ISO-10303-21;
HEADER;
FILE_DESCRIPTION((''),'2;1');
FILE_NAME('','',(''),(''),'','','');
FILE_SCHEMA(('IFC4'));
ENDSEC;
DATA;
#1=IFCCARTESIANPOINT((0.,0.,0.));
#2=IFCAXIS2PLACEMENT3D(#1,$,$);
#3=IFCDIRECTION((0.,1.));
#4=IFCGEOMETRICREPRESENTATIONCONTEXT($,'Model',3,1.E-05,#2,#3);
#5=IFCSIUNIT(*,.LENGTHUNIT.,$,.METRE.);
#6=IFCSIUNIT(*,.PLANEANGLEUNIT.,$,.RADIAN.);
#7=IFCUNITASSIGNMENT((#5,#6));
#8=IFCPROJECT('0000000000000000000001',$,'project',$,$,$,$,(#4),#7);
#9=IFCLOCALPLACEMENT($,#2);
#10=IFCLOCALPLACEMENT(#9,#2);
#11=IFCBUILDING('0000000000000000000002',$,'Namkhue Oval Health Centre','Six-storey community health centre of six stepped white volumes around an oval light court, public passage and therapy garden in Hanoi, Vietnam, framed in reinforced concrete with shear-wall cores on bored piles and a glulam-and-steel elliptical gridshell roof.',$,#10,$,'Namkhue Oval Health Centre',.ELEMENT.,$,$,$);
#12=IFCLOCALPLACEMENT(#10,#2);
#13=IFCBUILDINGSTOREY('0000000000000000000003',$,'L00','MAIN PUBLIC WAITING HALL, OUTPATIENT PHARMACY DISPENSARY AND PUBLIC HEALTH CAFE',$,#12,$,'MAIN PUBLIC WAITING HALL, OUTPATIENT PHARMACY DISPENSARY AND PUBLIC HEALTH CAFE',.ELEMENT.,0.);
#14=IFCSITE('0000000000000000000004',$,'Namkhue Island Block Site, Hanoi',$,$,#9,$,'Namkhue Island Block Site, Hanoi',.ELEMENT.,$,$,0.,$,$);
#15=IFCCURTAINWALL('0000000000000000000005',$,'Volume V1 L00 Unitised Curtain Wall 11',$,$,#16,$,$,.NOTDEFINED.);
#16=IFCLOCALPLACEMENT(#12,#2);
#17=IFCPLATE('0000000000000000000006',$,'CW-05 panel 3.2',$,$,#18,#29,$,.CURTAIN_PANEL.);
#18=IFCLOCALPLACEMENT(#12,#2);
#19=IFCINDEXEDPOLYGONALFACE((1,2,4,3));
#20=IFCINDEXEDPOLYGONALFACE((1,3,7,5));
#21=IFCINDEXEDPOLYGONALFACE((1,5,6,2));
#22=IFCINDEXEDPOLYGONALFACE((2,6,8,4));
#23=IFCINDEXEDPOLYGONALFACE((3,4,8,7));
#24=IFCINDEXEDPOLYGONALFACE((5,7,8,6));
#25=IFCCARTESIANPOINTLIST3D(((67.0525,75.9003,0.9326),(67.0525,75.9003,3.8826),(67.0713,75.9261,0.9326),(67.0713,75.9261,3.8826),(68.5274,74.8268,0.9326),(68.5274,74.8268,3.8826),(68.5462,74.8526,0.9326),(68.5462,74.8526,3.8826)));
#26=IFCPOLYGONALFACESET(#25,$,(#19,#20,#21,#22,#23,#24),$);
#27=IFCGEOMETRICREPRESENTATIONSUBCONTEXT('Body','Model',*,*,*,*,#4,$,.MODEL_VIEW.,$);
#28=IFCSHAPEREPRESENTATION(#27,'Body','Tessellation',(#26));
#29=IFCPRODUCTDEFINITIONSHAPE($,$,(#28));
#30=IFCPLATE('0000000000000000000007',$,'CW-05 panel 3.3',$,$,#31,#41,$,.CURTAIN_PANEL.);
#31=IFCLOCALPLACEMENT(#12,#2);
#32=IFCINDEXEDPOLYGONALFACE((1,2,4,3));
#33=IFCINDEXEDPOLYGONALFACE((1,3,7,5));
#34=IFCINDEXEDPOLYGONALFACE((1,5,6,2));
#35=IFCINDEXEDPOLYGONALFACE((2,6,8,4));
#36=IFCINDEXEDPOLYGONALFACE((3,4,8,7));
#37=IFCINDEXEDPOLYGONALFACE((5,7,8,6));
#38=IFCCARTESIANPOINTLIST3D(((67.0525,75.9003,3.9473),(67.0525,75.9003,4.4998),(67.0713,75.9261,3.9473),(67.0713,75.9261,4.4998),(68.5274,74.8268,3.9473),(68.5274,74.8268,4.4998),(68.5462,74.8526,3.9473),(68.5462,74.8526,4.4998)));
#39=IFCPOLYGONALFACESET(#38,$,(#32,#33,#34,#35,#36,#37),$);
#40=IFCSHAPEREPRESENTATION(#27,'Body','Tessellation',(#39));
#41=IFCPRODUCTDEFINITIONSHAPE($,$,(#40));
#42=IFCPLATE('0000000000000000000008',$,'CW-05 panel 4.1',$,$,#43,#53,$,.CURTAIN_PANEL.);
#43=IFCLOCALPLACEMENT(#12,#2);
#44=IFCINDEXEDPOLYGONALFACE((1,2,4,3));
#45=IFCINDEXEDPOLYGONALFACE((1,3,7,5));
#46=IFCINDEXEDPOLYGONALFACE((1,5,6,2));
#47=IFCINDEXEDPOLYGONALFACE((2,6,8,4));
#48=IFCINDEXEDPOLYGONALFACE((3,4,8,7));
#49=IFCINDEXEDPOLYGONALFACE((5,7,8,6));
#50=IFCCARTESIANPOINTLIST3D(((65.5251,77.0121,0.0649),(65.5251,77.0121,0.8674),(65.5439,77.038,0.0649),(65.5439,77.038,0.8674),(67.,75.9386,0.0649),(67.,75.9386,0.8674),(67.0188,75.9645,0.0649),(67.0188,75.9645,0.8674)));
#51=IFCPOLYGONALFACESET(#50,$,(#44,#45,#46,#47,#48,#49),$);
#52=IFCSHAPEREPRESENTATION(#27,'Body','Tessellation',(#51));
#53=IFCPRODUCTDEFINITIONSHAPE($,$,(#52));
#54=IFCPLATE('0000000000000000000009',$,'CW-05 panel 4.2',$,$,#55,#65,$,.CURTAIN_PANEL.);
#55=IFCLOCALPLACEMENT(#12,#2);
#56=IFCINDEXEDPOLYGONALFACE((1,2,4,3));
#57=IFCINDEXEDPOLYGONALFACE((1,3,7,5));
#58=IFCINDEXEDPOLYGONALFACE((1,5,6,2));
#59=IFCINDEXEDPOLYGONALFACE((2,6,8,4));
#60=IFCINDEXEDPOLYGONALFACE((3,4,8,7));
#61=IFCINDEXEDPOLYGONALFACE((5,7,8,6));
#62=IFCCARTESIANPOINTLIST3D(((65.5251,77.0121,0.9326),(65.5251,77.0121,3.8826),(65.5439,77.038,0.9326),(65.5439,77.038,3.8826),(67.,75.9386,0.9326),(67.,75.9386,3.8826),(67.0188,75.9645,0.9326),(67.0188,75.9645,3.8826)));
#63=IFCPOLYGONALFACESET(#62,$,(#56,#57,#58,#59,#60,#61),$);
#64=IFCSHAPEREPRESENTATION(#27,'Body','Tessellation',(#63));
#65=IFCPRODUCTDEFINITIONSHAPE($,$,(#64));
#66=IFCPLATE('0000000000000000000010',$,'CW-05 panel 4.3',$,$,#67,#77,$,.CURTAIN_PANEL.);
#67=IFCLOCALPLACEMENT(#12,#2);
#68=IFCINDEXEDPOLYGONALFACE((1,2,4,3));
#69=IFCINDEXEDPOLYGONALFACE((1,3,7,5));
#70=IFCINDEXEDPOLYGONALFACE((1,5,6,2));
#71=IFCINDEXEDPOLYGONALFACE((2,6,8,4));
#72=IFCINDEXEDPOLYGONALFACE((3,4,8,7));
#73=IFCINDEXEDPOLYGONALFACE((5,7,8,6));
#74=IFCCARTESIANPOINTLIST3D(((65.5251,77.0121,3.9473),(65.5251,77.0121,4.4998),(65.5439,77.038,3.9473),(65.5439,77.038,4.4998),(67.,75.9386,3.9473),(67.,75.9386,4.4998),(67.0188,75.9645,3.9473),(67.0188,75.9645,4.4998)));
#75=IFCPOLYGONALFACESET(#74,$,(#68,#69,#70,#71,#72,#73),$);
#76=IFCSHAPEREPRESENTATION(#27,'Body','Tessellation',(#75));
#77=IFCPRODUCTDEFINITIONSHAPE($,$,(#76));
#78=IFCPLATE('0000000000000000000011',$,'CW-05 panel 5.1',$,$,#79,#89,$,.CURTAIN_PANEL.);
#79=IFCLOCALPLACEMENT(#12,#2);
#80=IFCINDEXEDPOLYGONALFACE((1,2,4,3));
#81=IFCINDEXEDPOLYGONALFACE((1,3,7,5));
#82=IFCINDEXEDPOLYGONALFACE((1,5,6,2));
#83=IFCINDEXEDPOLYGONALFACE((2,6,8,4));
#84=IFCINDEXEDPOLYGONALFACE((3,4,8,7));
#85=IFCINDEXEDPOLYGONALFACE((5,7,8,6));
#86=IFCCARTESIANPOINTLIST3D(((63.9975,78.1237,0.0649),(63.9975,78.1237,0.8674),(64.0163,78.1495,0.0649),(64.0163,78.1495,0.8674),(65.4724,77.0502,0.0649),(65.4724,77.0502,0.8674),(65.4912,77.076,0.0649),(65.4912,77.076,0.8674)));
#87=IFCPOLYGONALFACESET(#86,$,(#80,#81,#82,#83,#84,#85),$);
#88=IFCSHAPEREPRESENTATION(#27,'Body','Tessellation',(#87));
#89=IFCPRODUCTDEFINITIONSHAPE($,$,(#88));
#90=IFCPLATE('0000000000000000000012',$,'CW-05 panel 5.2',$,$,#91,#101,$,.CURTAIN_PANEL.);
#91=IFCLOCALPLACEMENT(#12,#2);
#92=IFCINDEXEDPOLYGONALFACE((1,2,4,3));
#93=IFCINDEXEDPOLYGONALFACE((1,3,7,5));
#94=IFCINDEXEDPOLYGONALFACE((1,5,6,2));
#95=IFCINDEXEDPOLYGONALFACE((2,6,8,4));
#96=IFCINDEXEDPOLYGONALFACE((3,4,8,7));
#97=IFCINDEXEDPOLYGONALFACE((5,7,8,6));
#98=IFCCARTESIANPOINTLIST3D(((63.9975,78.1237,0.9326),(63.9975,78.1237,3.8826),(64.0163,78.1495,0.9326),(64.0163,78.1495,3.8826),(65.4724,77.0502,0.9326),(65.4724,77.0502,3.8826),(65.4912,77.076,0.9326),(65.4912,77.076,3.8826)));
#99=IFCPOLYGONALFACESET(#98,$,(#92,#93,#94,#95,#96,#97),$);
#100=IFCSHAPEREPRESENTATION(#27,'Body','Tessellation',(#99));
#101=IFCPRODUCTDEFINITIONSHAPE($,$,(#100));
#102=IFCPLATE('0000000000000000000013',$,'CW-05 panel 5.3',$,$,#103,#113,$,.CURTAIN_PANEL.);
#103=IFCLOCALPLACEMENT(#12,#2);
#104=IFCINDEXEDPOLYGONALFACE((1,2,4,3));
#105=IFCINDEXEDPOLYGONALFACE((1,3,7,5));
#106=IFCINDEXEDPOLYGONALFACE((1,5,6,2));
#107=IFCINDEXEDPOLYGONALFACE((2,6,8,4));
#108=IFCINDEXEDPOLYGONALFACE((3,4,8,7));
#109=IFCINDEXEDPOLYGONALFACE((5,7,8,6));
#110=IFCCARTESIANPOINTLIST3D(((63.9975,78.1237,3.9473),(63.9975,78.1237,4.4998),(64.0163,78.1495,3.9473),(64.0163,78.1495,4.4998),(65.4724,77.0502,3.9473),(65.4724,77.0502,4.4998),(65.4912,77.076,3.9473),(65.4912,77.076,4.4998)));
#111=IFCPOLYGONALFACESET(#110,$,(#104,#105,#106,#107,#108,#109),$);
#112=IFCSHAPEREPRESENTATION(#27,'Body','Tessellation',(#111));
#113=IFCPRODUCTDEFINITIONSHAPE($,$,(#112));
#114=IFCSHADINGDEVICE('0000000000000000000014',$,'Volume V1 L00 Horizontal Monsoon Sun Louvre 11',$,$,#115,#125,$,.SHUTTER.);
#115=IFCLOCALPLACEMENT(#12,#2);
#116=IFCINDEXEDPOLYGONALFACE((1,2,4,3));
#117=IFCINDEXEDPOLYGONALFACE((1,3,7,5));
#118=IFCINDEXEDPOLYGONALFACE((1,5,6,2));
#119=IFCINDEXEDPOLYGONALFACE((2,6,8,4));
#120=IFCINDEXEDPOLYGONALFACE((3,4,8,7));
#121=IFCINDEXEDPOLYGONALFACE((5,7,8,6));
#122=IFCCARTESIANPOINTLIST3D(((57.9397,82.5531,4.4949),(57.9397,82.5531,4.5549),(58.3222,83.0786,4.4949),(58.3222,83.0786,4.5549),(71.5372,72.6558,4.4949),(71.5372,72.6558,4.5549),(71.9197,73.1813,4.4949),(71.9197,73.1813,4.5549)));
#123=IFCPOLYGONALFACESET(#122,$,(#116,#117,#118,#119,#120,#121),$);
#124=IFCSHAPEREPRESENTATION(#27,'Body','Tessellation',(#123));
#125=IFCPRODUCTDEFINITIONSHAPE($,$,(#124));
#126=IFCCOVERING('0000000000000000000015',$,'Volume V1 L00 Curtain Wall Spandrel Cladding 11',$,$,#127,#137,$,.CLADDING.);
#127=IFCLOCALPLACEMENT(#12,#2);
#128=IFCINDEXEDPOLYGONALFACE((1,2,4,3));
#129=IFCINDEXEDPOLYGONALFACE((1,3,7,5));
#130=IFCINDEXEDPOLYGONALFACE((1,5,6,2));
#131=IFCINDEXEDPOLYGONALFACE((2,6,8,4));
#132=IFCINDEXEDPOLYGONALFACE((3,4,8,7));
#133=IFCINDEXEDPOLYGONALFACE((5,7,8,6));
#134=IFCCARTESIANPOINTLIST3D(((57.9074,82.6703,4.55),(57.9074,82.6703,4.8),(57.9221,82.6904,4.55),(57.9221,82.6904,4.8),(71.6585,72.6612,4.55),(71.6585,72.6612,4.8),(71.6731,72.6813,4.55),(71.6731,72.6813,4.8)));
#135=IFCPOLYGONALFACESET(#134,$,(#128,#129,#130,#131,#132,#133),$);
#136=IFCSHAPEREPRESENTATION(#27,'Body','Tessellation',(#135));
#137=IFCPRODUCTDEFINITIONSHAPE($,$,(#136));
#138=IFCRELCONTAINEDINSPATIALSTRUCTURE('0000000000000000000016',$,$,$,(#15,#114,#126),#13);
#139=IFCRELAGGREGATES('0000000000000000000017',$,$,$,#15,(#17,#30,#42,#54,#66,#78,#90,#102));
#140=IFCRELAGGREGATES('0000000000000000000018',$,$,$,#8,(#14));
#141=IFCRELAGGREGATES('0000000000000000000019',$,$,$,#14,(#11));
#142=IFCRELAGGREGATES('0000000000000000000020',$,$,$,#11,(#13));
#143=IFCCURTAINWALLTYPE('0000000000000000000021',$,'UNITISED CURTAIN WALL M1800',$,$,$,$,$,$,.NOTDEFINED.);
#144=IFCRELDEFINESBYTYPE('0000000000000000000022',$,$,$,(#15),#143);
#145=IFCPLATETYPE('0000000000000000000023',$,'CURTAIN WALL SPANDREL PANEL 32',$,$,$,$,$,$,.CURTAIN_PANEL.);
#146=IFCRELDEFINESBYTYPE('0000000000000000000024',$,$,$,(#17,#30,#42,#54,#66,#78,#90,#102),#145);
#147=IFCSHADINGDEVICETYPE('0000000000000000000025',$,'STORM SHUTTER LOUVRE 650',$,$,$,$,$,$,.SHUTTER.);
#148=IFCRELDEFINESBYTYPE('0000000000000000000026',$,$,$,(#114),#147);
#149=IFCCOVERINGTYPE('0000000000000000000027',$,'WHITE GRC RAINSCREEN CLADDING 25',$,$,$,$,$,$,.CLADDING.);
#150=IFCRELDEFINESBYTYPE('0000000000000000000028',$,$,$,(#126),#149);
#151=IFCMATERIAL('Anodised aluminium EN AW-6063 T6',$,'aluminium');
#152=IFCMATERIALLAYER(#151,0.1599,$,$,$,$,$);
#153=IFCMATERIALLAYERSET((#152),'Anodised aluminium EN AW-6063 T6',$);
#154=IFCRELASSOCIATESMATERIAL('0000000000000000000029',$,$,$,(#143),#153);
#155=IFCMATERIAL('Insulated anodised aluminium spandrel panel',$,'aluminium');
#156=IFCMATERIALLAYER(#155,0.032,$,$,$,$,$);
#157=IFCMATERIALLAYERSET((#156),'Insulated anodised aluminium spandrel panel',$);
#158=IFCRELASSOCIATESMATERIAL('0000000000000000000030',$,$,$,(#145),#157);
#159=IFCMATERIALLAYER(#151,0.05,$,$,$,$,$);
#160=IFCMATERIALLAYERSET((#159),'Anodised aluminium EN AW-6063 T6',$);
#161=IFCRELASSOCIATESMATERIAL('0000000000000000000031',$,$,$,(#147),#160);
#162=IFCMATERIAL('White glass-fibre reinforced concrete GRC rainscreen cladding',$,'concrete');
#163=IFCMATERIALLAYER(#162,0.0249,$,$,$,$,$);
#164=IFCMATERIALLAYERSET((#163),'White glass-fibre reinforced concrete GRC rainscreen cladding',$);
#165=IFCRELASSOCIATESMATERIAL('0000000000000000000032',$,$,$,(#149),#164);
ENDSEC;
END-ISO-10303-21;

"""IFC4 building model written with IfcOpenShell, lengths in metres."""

from ifc_helpers import new_model, si_unit, direction, frame, origin, origin_2d, place, context, subcontext, project, spatial, rectangle, extrude, material, layer, layer_set, type_object, element, aggregate, save


model = new_model("IFC4")

# Units and contexts
model_context = context("Model", 3, precision=1e-05, world=origin(), true_north=direction((0.0, 1.0)))
body_context = subcontext(model_context, "Body", "Model", "MODEL_VIEW")
ifc_project = project(units=[si_unit("LENGTHUNIT", "METRE"), si_unit("PLANEANGLEUNIT", "RADIAN")], contexts=[model_context])

# Site, building, storey
site_placement = place(None, origin())
site = spatial("IfcSite", under=ifc_project, at=site_placement, Name="Namkhue Island Block Site, Hanoi", LongName="Namkhue Island Block Site, Hanoi", CompositionType="ELEMENT", RefElevation=0.0)
building_placement = place(site_placement, origin())
building = spatial("IfcBuilding", under=site, at=building_placement, Name="Namkhue Oval Health Centre", Description="Six-storey community health centre of six stepped white volumes around an oval light court, public passage and therapy garden in Hanoi, Vietnam, framed in reinforced concrete with shear-wall cores on bored piles and a glulam-and-steel elliptical gridshell roof.", LongName="Namkhue Oval Health Centre", CompositionType="ELEMENT")
storey_placement = place(building_placement, origin())
storey = spatial("IfcBuildingStorey", under=building, at=storey_placement, Name="L00", Description="MAIN PUBLIC WAITING HALL, OUTPATIENT PHARMACY DISPENSARY AND PUBLIC HEALTH CAFE", LongName="MAIN PUBLIC WAITING HALL, OUTPATIENT PHARMACY DISPENSARY AND PUBLIC HEALTH CAFE", CompositionType="ELEMENT", Elevation=0.0)

# Curtain wall, plates
ifc_material_1 = material(Name="Anodised aluminium EN AW-6063 T6", Category="aluminium")
ifc_layer_1 = layer(ifc_material_1, 0.1599)
ifc_layer_set_1 = layer_set([ifc_layer_1], Name="Anodised aluminium EN AW-6063 T6")
curtain_wall_type = type_object("IfcCurtainWallType", Name="UNITISED CURTAIN WALL M1800", PredefinedType="NOTDEFINED", material=ifc_layer_set_1)
curtain_wall_placement = place(storey_placement, origin())
curtain_wall = element("IfcCurtainWall", 1, at=curtain_wall_placement, inside=storey, type_object=curtain_wall_type, Name="Volume V1 L00 Unitised Curtain Wall 11", PredefinedType="NOTDEFINED")
ifc_material_2 = material(Name="Insulated anodised aluminium spandrel panel", Category="aluminium")
ifc_layer_2 = layer(ifc_material_2, 0.032)
ifc_layer_set_2 = layer_set([ifc_layer_2], Name="Insulated anodised aluminium spandrel panel")
plate_type = type_object("IfcPlateType", Name="CURTAIN WALL SPANDREL PANEL 32", PredefinedType="CURTAIN_PANEL", material=ifc_layer_set_2)
plate_1_placement = place(storey_placement, frame((67.7993, 75.3765, 0.9326), z_axis=(0.0, 0.0, 1.0), x_axis=(-0.808514, 0.588477, 0.0)))
plate_1 = element("IfcPlate", 2, at=plate_1_placement, type_object=plate_type, Name="CW-05 panel 3.2", PredefinedType="CURTAIN_PANEL", context=body_context, shape_type="SweptSolid", body=[
    extrude(rectangle(XDim=1.8242, YDim=0.032, at=origin_2d()), origin(), (0.0, 0.0, 1.0), 2.95),
])
plate_2_placement = place(storey_placement, frame((67.7993, 75.3765, 3.9473), z_axis=(0.0, 0.0, 1.0), x_axis=(-0.808514, 0.588477, 0.0)))
plate_2 = element("IfcPlate", 3, at=plate_2_placement, type_object=plate_type, Name="CW-05 panel 3.3", PredefinedType="CURTAIN_PANEL", context=body_context, shape_type="SweptSolid", body=[
    extrude(rectangle(XDim=1.8242, YDim=0.032, at=origin_2d()), origin(), (0.0, 0.0, 1.0), 0.5525),
])
plate_3_placement = place(storey_placement, frame((66.272, 76.4883, 0.0649), z_axis=(0.0, 0.0, 1.0), x_axis=(-0.808514, 0.588477, 0.0)))
plate_3 = element("IfcPlate", 4, at=plate_3_placement, type_object=plate_type, Name="CW-05 panel 4.1", PredefinedType="CURTAIN_PANEL", context=body_context, shape_type="SweptSolid", body=[
    extrude(rectangle(XDim=1.8242, YDim=0.032, at=origin_2d()), origin(), (0.0, 0.0, 1.0), 0.8025),
])
plate_4_placement = place(storey_placement, frame((66.272, 76.4883, 0.9326), z_axis=(0.0, 0.0, 1.0), x_axis=(-0.808514, 0.588477, 0.0)))
plate_4 = element("IfcPlate", 5, at=plate_4_placement, type_object=plate_type, Name="CW-05 panel 4.2", PredefinedType="CURTAIN_PANEL", context=body_context, shape_type="SweptSolid", body=[
    extrude(rectangle(XDim=1.8242, YDim=0.032, at=origin_2d()), origin(), (0.0, 0.0, 1.0), 2.95),
])
plate_5_placement = place(storey_placement, frame((66.272, 76.4883, 3.9473), z_axis=(0.0, 0.0, 1.0), x_axis=(-0.808514, 0.588477, 0.0)))
plate_5 = element("IfcPlate", 6, at=plate_5_placement, type_object=plate_type, Name="CW-05 panel 4.3", PredefinedType="CURTAIN_PANEL", context=body_context, shape_type="SweptSolid", body=[
    extrude(rectangle(XDim=1.8242, YDim=0.032, at=origin_2d()), origin(), (0.0, 0.0, 1.0), 0.5525),
])
plate_6_placement = place(storey_placement, frame((64.7444, 77.5999, 0.0649), z_axis=(0.0, 0.0, 1.0), x_axis=(-0.808514, 0.588477, 0.0)))
plate_6 = element("IfcPlate", 7, at=plate_6_placement, type_object=plate_type, Name="CW-05 panel 5.1", PredefinedType="CURTAIN_PANEL", context=body_context, shape_type="SweptSolid", body=[
    extrude(rectangle(XDim=1.8242, YDim=0.032, at=origin_2d()), origin(), (0.0, 0.0, 1.0), 0.8025),
])
plate_7_placement = place(storey_placement, frame((64.7444, 77.5999, 0.9326), z_axis=(0.0, 0.0, 1.0), x_axis=(-0.808514, 0.588477, 0.0)))
plate_7 = element("IfcPlate", 8, at=plate_7_placement, type_object=plate_type, Name="CW-05 panel 5.2", PredefinedType="CURTAIN_PANEL", context=body_context, shape_type="SweptSolid", body=[
    extrude(rectangle(XDim=1.8242, YDim=0.032, at=origin_2d()), origin(), (0.0, 0.0, 1.0), 2.95),
])
plate_8_placement = place(storey_placement, frame((64.7444, 77.5999, 3.9473), z_axis=(0.0, 0.0, 1.0), x_axis=(-0.808514, 0.588477, 0.0)))
plate_8 = element("IfcPlate", 9, at=plate_8_placement, type_object=plate_type, Name="CW-05 panel 5.3", PredefinedType="CURTAIN_PANEL", context=body_context, shape_type="SweptSolid", body=[
    extrude(rectangle(XDim=1.8242, YDim=0.032, at=origin_2d()), origin(), (0.0, 0.0, 1.0), 0.5525),
])
aggregate(curtain_wall, [plate_1, plate_2, plate_3, plate_4, plate_5, plate_6, plate_7, plate_8])

# Shading device
ifc_layer_3 = layer(ifc_material_1, 0.05)
ifc_layer_set_3 = layer_set([ifc_layer_3], Name="Anodised aluminium EN AW-6063 T6")
shading_device_type = type_object("IfcShadingDeviceType", Name="STORM SHUTTER LOUVRE 650", PredefinedType="SHUTTER", material=ifc_layer_set_3)
shading_device_placement = place(storey_placement, frame((64.9297, 77.8672, 4.4949), z_axis=(0.0, 0.0, 1.0), x_axis=(-0.808504, 0.588491, 0.0)))
element("IfcShadingDevice", 10, at=shading_device_placement, inside=storey, type_object=shading_device_type, Name="Volume V1 L00 Horizontal Monsoon Sun Louvre 11", PredefinedType="SHUTTER", context=body_context, shape_type="SweptSolid", body=[
    extrude(rectangle(XDim=16.8181, YDim=0.6499, at=origin_2d()), origin(), (0.0, 0.0, 1.0), 0.0601),
])

# Covering
ifc_material_3 = material(Name="White glass-fibre reinforced concrete GRC rainscreen cladding", Category="concrete")
ifc_layer_4 = layer(ifc_material_3, 0.0249)
ifc_layer_set_4 = layer_set([ifc_layer_4], Name="White glass-fibre reinforced concrete GRC rainscreen cladding")
covering_type = type_object("IfcCoveringType", Name="WHITE GRC RAINSCREEN CLADDING 25", PredefinedType="CLADDING", material=ifc_layer_set_4)
covering_placement = place(storey_placement, frame((64.7903, 77.6758, 4.55), z_axis=(0.0, 0.0, 1.0), x_axis=(-0.808504, 0.588491, 0.0)))
element("IfcCovering", 11, at=covering_placement, inside=storey, type_object=covering_type, Name="Volume V1 L00 Curtain Wall Spandrel Cladding 11", PredefinedType="CLADDING", context=body_context, shape_type="SweptSolid", body=[
    extrude(rectangle(XDim=17.0081, YDim=0.0249, at=origin_2d()), origin(), (0.0, 0.0, 1.0), 0.25),
])

save(model, "model.ifc")
